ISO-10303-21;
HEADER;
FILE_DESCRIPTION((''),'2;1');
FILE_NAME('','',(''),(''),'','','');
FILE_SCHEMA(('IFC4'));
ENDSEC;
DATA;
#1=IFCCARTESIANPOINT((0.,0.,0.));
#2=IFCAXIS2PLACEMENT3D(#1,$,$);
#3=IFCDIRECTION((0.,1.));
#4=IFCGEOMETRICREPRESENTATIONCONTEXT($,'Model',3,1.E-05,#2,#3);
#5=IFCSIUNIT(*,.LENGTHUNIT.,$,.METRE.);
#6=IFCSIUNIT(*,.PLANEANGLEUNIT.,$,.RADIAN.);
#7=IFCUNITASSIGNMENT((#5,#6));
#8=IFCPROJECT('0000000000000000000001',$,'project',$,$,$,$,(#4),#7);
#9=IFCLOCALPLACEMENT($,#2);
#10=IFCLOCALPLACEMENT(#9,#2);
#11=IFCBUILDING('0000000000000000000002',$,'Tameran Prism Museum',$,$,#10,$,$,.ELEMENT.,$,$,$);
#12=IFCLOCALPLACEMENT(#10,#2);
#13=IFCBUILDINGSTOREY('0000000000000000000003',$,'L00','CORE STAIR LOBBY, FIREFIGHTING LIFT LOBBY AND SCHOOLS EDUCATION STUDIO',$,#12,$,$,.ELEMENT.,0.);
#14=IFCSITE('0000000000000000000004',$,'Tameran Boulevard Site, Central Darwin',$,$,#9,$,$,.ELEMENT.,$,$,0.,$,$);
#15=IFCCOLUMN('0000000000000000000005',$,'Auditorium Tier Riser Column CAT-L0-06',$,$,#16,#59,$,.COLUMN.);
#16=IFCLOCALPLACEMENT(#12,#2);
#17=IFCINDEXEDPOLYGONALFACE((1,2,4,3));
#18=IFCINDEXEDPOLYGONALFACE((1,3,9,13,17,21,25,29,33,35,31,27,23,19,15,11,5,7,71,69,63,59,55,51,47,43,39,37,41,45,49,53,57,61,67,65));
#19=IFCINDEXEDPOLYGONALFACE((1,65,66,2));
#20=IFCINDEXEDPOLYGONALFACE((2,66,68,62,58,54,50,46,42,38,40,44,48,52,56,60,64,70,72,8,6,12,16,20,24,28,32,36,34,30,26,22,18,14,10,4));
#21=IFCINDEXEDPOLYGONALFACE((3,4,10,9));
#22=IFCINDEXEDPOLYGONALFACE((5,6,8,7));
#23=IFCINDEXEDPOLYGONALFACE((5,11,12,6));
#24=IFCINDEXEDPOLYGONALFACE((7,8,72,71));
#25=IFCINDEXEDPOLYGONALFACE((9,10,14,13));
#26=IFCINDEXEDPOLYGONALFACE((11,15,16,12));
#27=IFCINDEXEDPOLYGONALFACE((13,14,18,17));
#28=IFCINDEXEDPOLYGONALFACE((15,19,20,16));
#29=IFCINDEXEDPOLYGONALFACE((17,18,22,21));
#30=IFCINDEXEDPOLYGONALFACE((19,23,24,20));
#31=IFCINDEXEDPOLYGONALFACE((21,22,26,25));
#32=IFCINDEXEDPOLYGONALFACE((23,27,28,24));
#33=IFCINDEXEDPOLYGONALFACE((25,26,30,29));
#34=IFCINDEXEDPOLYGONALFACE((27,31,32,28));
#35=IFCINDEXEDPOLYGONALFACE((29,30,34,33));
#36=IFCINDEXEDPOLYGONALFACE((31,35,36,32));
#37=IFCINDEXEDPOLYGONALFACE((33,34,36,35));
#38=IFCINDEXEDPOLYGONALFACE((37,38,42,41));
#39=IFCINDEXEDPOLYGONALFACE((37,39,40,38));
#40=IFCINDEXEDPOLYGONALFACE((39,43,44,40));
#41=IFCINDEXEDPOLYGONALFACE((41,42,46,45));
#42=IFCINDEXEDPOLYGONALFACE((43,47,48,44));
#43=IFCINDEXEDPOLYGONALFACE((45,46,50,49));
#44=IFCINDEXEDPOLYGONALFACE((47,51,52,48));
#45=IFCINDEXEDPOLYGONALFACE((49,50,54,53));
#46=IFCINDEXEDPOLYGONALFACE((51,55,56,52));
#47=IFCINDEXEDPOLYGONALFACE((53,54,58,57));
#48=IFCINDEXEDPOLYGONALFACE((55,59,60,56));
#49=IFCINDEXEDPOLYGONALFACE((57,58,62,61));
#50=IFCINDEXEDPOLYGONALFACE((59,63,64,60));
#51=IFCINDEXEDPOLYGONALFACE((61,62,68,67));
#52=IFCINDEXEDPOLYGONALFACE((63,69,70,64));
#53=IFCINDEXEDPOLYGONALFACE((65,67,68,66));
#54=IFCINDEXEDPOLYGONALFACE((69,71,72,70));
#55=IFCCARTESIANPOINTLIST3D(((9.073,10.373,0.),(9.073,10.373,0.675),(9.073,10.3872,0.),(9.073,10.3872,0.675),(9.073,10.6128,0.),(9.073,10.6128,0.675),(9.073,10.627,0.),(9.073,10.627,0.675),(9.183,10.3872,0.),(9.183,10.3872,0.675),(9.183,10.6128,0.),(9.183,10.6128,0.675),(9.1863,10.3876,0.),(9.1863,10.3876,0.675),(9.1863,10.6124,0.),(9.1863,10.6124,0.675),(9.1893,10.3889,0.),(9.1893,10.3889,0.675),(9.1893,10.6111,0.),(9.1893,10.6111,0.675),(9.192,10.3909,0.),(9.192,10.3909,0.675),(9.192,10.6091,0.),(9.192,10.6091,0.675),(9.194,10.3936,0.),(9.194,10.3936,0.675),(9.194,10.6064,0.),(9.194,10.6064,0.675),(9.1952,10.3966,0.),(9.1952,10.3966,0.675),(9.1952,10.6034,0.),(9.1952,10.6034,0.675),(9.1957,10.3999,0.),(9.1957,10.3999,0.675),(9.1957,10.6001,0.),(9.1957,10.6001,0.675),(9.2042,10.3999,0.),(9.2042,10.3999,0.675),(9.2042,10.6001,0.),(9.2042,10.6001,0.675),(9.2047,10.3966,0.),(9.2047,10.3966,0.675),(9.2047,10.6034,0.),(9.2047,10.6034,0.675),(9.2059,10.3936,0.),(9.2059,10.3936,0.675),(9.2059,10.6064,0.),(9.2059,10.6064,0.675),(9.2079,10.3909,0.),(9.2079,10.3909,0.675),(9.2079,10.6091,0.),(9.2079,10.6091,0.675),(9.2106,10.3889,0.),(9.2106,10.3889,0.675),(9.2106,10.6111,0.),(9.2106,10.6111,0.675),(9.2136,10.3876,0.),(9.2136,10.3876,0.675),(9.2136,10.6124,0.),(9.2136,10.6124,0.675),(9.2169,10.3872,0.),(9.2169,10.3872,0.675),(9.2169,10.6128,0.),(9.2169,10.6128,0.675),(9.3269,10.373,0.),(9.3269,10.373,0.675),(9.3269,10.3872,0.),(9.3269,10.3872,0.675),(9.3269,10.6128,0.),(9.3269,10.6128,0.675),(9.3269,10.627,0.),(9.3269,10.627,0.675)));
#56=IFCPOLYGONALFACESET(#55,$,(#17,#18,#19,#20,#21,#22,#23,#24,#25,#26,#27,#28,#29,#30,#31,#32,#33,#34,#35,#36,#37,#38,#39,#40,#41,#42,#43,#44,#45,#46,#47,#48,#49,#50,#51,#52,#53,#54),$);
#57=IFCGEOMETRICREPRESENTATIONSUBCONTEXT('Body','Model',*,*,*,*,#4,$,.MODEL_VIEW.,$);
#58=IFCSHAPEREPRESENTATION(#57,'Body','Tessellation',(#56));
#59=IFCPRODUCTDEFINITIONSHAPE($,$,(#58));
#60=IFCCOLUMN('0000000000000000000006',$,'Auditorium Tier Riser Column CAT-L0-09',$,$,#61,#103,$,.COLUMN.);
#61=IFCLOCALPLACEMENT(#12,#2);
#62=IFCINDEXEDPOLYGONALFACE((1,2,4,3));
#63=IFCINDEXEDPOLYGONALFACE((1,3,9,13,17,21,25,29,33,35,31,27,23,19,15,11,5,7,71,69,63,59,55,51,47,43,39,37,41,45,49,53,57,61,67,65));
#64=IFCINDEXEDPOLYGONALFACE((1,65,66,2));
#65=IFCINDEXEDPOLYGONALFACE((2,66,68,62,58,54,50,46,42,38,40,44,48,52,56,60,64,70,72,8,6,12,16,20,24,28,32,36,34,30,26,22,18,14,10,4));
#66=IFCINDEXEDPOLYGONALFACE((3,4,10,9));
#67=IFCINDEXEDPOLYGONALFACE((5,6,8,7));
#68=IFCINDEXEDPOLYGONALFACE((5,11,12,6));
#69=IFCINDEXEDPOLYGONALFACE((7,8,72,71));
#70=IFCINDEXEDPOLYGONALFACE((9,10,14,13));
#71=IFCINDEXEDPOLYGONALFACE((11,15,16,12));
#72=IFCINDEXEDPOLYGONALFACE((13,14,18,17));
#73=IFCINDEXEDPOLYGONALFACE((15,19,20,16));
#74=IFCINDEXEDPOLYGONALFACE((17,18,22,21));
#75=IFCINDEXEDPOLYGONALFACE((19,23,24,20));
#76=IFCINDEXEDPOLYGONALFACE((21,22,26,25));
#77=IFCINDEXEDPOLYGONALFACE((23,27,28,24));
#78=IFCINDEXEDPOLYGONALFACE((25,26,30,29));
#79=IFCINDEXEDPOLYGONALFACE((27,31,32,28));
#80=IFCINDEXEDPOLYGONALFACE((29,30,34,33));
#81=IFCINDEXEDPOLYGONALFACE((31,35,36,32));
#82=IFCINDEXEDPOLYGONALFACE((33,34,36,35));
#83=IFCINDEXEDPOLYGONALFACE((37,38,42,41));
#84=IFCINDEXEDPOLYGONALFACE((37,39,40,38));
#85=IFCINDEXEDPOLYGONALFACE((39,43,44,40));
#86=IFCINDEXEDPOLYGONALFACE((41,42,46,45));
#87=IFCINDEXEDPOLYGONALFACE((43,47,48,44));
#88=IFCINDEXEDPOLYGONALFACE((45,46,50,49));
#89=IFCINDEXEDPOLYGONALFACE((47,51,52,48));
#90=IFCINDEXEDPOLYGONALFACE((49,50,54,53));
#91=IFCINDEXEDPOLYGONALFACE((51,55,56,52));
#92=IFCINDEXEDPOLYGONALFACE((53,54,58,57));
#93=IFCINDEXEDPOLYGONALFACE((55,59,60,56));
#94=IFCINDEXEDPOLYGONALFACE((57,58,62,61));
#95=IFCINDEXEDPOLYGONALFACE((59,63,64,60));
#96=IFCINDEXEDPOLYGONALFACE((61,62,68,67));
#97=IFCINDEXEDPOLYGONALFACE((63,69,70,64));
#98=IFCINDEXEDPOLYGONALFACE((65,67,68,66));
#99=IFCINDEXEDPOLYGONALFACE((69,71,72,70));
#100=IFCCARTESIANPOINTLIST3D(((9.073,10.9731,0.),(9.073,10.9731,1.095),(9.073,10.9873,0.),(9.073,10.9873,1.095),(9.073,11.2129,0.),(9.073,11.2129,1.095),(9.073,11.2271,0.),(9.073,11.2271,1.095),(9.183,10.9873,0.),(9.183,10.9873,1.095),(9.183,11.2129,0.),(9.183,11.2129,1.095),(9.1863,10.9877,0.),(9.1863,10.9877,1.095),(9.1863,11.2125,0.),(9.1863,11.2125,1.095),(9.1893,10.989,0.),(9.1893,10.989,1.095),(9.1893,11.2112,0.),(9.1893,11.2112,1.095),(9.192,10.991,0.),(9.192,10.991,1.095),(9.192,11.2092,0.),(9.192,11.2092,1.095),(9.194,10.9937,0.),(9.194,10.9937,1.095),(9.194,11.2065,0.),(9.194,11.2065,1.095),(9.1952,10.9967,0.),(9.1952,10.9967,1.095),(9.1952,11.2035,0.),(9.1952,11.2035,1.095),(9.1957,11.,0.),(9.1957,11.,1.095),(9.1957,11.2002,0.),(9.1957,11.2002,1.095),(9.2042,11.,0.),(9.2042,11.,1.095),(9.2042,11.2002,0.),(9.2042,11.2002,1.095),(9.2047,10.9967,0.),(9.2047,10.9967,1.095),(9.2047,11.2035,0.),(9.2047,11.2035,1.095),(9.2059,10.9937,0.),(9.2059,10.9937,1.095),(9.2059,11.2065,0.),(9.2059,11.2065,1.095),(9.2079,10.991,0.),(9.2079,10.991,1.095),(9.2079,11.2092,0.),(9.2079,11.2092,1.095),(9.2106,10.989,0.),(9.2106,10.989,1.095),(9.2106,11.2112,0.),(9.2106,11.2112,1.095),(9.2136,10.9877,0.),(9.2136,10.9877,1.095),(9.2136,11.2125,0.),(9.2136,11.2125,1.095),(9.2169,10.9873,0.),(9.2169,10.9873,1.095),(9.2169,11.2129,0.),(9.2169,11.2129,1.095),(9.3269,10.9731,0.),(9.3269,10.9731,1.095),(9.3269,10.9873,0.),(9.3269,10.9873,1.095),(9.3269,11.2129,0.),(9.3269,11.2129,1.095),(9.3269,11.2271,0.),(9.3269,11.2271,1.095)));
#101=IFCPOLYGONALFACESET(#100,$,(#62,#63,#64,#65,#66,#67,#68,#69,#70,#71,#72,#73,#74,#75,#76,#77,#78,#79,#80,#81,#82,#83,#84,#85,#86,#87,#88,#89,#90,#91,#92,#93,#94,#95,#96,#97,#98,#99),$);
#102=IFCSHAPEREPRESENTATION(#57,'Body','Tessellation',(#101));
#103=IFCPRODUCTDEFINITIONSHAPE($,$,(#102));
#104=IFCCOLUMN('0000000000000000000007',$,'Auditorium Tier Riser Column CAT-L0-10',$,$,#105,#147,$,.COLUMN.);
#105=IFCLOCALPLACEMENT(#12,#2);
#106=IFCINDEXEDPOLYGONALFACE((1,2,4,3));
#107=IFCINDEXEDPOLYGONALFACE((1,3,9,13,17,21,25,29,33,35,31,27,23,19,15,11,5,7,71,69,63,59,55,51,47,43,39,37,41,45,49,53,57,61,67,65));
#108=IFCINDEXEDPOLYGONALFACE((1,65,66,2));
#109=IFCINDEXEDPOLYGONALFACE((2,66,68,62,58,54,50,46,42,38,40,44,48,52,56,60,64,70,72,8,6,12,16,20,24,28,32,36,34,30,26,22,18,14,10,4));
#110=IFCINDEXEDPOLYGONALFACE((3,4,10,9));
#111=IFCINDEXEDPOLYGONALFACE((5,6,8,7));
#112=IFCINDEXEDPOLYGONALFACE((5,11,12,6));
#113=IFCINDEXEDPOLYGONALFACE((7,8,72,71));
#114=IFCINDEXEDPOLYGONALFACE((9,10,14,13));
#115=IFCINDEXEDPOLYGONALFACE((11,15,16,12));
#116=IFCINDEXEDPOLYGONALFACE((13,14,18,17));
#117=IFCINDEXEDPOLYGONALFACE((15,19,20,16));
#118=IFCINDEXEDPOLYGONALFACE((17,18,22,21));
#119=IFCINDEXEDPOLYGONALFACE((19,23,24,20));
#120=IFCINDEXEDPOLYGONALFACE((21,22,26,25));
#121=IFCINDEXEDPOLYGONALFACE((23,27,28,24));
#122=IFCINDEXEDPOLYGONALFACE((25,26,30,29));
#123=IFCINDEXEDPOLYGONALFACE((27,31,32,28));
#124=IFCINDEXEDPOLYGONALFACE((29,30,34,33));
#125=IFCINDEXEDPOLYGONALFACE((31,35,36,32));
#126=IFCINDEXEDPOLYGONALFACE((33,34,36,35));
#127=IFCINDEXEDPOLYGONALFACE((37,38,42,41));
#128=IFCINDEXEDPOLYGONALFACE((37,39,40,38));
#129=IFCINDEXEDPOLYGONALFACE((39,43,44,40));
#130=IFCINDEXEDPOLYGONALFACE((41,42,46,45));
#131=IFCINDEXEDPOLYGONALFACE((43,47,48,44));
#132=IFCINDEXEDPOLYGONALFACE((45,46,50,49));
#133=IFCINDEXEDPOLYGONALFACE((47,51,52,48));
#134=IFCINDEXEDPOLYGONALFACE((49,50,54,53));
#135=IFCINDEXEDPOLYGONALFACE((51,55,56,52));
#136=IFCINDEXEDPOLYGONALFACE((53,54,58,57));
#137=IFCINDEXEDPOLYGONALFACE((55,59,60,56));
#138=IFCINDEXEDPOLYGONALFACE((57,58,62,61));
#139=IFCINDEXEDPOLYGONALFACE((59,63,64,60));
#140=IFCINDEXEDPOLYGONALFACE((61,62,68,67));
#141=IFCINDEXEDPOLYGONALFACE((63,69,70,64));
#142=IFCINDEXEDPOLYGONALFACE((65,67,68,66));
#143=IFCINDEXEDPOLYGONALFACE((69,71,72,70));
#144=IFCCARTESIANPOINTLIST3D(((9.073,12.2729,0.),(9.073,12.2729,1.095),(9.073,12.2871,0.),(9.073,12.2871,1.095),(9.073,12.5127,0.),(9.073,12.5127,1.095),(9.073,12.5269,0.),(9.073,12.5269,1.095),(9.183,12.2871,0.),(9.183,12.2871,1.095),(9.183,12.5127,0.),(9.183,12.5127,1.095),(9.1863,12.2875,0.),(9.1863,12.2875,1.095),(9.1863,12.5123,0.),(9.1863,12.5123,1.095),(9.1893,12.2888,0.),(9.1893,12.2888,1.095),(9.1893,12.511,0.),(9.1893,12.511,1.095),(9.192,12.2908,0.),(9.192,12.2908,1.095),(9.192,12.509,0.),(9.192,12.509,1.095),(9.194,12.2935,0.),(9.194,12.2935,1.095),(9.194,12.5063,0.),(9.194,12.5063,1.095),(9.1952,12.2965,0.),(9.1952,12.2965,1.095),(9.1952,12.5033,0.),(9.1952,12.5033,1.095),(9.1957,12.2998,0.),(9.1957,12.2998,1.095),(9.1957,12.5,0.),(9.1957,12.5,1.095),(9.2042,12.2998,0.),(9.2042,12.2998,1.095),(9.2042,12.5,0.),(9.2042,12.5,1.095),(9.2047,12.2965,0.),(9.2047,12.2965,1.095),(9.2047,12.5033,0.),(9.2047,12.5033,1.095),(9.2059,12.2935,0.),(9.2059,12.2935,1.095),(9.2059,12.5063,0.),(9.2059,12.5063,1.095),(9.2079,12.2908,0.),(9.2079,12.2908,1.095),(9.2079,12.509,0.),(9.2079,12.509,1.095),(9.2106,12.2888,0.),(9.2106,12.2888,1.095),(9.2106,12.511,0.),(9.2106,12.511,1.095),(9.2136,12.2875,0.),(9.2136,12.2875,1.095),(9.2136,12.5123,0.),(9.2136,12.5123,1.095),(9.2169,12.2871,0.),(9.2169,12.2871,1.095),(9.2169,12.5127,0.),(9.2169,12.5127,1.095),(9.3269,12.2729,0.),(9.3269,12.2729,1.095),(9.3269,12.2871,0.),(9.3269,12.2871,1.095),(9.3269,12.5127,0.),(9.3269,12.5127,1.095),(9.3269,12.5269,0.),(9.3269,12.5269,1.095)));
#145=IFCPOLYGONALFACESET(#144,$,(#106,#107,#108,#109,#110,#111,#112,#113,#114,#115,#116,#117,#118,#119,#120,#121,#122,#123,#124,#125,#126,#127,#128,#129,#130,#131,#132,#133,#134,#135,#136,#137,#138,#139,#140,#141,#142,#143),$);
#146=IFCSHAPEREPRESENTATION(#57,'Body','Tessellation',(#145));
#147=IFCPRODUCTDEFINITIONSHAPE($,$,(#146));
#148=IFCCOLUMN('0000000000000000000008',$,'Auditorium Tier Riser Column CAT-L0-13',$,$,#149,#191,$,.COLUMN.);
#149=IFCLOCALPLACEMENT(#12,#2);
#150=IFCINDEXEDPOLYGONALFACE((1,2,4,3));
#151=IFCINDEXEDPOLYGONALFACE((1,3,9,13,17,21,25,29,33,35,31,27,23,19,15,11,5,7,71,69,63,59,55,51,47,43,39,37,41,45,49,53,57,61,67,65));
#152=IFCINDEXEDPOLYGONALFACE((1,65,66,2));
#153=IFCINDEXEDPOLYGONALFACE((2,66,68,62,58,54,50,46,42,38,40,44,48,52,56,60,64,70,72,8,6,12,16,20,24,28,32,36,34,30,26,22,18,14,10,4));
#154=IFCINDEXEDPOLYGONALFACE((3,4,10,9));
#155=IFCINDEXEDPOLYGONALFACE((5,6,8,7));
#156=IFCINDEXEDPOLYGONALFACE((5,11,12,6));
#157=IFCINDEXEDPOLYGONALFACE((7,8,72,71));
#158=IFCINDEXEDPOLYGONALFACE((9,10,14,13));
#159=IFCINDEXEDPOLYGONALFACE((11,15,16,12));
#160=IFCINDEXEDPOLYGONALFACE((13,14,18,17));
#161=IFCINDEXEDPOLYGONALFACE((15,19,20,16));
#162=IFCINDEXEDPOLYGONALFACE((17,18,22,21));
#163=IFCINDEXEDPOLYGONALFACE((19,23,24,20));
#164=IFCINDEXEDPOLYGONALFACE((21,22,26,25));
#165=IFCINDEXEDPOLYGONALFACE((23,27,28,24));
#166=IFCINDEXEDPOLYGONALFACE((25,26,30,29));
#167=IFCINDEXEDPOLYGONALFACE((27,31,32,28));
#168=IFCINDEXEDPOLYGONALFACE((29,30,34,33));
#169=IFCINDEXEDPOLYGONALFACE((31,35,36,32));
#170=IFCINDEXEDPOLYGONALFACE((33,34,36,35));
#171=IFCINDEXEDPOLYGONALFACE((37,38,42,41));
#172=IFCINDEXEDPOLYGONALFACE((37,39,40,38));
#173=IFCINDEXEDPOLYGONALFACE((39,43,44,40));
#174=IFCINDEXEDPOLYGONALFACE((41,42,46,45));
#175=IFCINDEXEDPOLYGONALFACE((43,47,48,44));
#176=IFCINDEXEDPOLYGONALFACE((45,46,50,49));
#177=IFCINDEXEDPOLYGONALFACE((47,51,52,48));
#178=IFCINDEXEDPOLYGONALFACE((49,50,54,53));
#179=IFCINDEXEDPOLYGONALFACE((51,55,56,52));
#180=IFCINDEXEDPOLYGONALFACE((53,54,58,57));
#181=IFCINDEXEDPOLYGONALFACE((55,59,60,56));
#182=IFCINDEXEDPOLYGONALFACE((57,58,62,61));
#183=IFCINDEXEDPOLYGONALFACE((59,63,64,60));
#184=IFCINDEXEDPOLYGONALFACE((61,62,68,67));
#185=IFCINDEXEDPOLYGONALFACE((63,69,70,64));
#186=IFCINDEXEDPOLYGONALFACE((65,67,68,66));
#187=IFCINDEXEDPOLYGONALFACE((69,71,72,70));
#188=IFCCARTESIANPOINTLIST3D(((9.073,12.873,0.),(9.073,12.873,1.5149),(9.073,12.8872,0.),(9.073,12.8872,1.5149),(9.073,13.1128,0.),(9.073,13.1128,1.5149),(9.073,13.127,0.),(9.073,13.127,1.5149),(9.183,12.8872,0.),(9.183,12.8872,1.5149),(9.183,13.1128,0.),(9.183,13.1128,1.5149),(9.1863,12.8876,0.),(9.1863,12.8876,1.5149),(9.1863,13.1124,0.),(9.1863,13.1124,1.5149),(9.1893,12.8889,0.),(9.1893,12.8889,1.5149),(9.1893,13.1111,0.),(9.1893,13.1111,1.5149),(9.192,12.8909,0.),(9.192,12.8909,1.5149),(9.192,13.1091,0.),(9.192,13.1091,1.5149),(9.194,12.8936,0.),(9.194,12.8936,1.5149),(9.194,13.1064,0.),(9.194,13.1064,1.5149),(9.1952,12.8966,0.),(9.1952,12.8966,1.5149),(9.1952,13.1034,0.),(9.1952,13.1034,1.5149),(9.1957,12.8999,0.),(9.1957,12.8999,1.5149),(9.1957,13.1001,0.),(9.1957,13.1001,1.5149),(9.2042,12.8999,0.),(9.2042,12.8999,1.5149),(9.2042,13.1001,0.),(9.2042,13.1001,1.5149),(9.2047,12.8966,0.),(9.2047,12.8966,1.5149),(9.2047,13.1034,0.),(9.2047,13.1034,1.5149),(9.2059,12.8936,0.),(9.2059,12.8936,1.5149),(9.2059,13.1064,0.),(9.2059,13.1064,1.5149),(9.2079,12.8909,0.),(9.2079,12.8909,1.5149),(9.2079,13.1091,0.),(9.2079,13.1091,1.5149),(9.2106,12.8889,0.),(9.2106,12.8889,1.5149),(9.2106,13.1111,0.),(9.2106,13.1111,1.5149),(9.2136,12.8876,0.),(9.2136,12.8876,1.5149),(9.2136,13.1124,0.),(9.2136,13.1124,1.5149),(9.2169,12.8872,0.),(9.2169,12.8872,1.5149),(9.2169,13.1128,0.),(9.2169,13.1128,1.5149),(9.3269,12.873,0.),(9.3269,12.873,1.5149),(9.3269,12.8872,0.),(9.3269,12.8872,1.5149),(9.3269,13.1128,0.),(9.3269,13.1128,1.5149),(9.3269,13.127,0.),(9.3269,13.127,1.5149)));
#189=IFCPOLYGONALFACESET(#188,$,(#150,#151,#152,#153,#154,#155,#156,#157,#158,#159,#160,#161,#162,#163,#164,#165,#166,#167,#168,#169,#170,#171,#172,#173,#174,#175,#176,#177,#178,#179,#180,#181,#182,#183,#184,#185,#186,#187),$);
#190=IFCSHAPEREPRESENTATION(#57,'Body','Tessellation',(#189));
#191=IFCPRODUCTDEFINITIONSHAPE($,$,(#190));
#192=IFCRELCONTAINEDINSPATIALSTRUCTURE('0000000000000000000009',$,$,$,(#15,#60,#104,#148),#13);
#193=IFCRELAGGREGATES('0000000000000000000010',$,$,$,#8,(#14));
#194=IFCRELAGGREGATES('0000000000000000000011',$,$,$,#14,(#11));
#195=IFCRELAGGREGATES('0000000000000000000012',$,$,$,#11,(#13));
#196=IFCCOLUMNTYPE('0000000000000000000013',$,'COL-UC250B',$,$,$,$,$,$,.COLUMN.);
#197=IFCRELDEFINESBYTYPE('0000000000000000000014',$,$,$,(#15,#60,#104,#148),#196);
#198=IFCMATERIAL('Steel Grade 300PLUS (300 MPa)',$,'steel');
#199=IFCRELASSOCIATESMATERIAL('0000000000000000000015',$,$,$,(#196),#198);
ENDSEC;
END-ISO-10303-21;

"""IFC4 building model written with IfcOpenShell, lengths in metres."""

from ifc_helpers import new_model, si_unit, direction, frame, origin, origin_2d, place, context, subcontext, project, spatial, i_section, extrude, material, material_profile, profile_set, type_object, element, save


model = new_model("IFC4")

# Units and contexts
model_context = context("Model", 3, precision=1e-05, world=origin(), true_north=direction((0.0, 1.0)))
body_context = subcontext(model_context, "Body", "Model", "MODEL_VIEW")
ifc_project = project(units=[si_unit("LENGTHUNIT", "METRE"), si_unit("PLANEANGLEUNIT", "RADIAN")], contexts=[model_context])

# Site, building, storey
site_placement = place(None, origin())
site = spatial("IfcSite", under=ifc_project, at=site_placement, Name="Tameran Boulevard Site, Central Darwin", CompositionType="ELEMENT", RefElevation=0.0)
building_placement = place(site_placement, origin())
building = spatial("IfcBuilding", under=site, at=building_placement, Name="Tameran Prism Museum", CompositionType="ELEMENT")
storey_placement = place(building_placement, origin())
storey = spatial("IfcBuildingStorey", under=building, at=storey_placement, Name="L00", Description="CORE STAIR LOBBY, FIREFIGHTING LIFT LOBBY AND SCHOOLS EDUCATION STUDIO", CompositionType="ELEMENT", Elevation=0.0)

# Columns
ifc_material_1 = material(Name="Steel Grade 300PLUS (300 MPa)", Category="steel")
ifc_material_profile_1 = material_profile(ifc_material_1, i_section(OverallWidth=0.2539, OverallDepth=0.2539, WebThickness=0.0085, FlangeThickness=0.0142, FilletRadius=0.0127, at=origin_2d()))
ifc_profile_set_1 = profile_set([ifc_material_profile_1])
column_type_1 = type_object("IfcColumnType", Name="COL-UC250B", PredefinedType="COLUMN", material=ifc_profile_set_1)
for number, where, z_axis, x_axis, name in (
    (1, (9.2, 10.5, 0.0), (0.0, 0.0, 1.0), (1.0, 0.0, 0.0), "Auditorium Tier Riser Column CAT-L0-06"),
):
    element("IfcColumn", number, at=place(storey_placement, frame(where, z_axis=z_axis, x_axis=x_axis)), inside=storey, type_object=column_type_1, Name=name, PredefinedType="COLUMN", context=body_context, shape_type="SweptSolid", body=[
        extrude(i_section(OverallWidth=0.2539, OverallDepth=0.2539, WebThickness=0.0085, FlangeThickness=0.0142, FilletRadius=0.0127, at=origin_2d()), origin(), (0.0, 0.0, 1.0), 0.675),
    ])
for number, where, z_axis, x_axis, name in (
    (2, (9.2, 11.1001, 0.0), (0.0, 0.0, 1.0), (1.0, 0.0, 0.0), "Auditorium Tier Riser Column CAT-L0-09"),
    (3, (9.2, 12.3999, 0.0), (0.0, 0.0, 1.0), (1.0, 0.0, 0.0), "Auditorium Tier Riser Column CAT-L0-10"),
):
    element("IfcColumn", number, at=place(storey_placement, frame(where, z_axis=z_axis, x_axis=x_axis)), inside=storey, type_object=column_type_1, Name=name, PredefinedType="COLUMN", context=body_context, shape_type="SweptSolid", body=[
        extrude(i_section(OverallWidth=0.2539, OverallDepth=0.2539, WebThickness=0.0085, FlangeThickness=0.0142, FilletRadius=0.0127, at=origin_2d()), origin(), (0.0, 0.0, 1.0), 1.095),
    ])
column_1_placement = place(storey_placement, frame((9.2, 13.0, 0.0), z_axis=(0.0, 0.0, 1.0), x_axis=(1.0, 0.0, 0.0)))
element("IfcColumn", 4, at=column_1_placement, inside=storey, type_object=column_type_1, Name="Auditorium Tier Riser Column CAT-L0-13", PredefinedType="COLUMN", context=body_context, shape_type="SweptSolid", body=[
    extrude(i_section(OverallWidth=0.2539, OverallDepth=0.2539, WebThickness=0.0085, FlangeThickness=0.0142, FilletRadius=0.0127, at=origin_2d()), origin(), (0.0, 0.0, 1.0), 1.5149),
])

save(model, "model.ifc")
